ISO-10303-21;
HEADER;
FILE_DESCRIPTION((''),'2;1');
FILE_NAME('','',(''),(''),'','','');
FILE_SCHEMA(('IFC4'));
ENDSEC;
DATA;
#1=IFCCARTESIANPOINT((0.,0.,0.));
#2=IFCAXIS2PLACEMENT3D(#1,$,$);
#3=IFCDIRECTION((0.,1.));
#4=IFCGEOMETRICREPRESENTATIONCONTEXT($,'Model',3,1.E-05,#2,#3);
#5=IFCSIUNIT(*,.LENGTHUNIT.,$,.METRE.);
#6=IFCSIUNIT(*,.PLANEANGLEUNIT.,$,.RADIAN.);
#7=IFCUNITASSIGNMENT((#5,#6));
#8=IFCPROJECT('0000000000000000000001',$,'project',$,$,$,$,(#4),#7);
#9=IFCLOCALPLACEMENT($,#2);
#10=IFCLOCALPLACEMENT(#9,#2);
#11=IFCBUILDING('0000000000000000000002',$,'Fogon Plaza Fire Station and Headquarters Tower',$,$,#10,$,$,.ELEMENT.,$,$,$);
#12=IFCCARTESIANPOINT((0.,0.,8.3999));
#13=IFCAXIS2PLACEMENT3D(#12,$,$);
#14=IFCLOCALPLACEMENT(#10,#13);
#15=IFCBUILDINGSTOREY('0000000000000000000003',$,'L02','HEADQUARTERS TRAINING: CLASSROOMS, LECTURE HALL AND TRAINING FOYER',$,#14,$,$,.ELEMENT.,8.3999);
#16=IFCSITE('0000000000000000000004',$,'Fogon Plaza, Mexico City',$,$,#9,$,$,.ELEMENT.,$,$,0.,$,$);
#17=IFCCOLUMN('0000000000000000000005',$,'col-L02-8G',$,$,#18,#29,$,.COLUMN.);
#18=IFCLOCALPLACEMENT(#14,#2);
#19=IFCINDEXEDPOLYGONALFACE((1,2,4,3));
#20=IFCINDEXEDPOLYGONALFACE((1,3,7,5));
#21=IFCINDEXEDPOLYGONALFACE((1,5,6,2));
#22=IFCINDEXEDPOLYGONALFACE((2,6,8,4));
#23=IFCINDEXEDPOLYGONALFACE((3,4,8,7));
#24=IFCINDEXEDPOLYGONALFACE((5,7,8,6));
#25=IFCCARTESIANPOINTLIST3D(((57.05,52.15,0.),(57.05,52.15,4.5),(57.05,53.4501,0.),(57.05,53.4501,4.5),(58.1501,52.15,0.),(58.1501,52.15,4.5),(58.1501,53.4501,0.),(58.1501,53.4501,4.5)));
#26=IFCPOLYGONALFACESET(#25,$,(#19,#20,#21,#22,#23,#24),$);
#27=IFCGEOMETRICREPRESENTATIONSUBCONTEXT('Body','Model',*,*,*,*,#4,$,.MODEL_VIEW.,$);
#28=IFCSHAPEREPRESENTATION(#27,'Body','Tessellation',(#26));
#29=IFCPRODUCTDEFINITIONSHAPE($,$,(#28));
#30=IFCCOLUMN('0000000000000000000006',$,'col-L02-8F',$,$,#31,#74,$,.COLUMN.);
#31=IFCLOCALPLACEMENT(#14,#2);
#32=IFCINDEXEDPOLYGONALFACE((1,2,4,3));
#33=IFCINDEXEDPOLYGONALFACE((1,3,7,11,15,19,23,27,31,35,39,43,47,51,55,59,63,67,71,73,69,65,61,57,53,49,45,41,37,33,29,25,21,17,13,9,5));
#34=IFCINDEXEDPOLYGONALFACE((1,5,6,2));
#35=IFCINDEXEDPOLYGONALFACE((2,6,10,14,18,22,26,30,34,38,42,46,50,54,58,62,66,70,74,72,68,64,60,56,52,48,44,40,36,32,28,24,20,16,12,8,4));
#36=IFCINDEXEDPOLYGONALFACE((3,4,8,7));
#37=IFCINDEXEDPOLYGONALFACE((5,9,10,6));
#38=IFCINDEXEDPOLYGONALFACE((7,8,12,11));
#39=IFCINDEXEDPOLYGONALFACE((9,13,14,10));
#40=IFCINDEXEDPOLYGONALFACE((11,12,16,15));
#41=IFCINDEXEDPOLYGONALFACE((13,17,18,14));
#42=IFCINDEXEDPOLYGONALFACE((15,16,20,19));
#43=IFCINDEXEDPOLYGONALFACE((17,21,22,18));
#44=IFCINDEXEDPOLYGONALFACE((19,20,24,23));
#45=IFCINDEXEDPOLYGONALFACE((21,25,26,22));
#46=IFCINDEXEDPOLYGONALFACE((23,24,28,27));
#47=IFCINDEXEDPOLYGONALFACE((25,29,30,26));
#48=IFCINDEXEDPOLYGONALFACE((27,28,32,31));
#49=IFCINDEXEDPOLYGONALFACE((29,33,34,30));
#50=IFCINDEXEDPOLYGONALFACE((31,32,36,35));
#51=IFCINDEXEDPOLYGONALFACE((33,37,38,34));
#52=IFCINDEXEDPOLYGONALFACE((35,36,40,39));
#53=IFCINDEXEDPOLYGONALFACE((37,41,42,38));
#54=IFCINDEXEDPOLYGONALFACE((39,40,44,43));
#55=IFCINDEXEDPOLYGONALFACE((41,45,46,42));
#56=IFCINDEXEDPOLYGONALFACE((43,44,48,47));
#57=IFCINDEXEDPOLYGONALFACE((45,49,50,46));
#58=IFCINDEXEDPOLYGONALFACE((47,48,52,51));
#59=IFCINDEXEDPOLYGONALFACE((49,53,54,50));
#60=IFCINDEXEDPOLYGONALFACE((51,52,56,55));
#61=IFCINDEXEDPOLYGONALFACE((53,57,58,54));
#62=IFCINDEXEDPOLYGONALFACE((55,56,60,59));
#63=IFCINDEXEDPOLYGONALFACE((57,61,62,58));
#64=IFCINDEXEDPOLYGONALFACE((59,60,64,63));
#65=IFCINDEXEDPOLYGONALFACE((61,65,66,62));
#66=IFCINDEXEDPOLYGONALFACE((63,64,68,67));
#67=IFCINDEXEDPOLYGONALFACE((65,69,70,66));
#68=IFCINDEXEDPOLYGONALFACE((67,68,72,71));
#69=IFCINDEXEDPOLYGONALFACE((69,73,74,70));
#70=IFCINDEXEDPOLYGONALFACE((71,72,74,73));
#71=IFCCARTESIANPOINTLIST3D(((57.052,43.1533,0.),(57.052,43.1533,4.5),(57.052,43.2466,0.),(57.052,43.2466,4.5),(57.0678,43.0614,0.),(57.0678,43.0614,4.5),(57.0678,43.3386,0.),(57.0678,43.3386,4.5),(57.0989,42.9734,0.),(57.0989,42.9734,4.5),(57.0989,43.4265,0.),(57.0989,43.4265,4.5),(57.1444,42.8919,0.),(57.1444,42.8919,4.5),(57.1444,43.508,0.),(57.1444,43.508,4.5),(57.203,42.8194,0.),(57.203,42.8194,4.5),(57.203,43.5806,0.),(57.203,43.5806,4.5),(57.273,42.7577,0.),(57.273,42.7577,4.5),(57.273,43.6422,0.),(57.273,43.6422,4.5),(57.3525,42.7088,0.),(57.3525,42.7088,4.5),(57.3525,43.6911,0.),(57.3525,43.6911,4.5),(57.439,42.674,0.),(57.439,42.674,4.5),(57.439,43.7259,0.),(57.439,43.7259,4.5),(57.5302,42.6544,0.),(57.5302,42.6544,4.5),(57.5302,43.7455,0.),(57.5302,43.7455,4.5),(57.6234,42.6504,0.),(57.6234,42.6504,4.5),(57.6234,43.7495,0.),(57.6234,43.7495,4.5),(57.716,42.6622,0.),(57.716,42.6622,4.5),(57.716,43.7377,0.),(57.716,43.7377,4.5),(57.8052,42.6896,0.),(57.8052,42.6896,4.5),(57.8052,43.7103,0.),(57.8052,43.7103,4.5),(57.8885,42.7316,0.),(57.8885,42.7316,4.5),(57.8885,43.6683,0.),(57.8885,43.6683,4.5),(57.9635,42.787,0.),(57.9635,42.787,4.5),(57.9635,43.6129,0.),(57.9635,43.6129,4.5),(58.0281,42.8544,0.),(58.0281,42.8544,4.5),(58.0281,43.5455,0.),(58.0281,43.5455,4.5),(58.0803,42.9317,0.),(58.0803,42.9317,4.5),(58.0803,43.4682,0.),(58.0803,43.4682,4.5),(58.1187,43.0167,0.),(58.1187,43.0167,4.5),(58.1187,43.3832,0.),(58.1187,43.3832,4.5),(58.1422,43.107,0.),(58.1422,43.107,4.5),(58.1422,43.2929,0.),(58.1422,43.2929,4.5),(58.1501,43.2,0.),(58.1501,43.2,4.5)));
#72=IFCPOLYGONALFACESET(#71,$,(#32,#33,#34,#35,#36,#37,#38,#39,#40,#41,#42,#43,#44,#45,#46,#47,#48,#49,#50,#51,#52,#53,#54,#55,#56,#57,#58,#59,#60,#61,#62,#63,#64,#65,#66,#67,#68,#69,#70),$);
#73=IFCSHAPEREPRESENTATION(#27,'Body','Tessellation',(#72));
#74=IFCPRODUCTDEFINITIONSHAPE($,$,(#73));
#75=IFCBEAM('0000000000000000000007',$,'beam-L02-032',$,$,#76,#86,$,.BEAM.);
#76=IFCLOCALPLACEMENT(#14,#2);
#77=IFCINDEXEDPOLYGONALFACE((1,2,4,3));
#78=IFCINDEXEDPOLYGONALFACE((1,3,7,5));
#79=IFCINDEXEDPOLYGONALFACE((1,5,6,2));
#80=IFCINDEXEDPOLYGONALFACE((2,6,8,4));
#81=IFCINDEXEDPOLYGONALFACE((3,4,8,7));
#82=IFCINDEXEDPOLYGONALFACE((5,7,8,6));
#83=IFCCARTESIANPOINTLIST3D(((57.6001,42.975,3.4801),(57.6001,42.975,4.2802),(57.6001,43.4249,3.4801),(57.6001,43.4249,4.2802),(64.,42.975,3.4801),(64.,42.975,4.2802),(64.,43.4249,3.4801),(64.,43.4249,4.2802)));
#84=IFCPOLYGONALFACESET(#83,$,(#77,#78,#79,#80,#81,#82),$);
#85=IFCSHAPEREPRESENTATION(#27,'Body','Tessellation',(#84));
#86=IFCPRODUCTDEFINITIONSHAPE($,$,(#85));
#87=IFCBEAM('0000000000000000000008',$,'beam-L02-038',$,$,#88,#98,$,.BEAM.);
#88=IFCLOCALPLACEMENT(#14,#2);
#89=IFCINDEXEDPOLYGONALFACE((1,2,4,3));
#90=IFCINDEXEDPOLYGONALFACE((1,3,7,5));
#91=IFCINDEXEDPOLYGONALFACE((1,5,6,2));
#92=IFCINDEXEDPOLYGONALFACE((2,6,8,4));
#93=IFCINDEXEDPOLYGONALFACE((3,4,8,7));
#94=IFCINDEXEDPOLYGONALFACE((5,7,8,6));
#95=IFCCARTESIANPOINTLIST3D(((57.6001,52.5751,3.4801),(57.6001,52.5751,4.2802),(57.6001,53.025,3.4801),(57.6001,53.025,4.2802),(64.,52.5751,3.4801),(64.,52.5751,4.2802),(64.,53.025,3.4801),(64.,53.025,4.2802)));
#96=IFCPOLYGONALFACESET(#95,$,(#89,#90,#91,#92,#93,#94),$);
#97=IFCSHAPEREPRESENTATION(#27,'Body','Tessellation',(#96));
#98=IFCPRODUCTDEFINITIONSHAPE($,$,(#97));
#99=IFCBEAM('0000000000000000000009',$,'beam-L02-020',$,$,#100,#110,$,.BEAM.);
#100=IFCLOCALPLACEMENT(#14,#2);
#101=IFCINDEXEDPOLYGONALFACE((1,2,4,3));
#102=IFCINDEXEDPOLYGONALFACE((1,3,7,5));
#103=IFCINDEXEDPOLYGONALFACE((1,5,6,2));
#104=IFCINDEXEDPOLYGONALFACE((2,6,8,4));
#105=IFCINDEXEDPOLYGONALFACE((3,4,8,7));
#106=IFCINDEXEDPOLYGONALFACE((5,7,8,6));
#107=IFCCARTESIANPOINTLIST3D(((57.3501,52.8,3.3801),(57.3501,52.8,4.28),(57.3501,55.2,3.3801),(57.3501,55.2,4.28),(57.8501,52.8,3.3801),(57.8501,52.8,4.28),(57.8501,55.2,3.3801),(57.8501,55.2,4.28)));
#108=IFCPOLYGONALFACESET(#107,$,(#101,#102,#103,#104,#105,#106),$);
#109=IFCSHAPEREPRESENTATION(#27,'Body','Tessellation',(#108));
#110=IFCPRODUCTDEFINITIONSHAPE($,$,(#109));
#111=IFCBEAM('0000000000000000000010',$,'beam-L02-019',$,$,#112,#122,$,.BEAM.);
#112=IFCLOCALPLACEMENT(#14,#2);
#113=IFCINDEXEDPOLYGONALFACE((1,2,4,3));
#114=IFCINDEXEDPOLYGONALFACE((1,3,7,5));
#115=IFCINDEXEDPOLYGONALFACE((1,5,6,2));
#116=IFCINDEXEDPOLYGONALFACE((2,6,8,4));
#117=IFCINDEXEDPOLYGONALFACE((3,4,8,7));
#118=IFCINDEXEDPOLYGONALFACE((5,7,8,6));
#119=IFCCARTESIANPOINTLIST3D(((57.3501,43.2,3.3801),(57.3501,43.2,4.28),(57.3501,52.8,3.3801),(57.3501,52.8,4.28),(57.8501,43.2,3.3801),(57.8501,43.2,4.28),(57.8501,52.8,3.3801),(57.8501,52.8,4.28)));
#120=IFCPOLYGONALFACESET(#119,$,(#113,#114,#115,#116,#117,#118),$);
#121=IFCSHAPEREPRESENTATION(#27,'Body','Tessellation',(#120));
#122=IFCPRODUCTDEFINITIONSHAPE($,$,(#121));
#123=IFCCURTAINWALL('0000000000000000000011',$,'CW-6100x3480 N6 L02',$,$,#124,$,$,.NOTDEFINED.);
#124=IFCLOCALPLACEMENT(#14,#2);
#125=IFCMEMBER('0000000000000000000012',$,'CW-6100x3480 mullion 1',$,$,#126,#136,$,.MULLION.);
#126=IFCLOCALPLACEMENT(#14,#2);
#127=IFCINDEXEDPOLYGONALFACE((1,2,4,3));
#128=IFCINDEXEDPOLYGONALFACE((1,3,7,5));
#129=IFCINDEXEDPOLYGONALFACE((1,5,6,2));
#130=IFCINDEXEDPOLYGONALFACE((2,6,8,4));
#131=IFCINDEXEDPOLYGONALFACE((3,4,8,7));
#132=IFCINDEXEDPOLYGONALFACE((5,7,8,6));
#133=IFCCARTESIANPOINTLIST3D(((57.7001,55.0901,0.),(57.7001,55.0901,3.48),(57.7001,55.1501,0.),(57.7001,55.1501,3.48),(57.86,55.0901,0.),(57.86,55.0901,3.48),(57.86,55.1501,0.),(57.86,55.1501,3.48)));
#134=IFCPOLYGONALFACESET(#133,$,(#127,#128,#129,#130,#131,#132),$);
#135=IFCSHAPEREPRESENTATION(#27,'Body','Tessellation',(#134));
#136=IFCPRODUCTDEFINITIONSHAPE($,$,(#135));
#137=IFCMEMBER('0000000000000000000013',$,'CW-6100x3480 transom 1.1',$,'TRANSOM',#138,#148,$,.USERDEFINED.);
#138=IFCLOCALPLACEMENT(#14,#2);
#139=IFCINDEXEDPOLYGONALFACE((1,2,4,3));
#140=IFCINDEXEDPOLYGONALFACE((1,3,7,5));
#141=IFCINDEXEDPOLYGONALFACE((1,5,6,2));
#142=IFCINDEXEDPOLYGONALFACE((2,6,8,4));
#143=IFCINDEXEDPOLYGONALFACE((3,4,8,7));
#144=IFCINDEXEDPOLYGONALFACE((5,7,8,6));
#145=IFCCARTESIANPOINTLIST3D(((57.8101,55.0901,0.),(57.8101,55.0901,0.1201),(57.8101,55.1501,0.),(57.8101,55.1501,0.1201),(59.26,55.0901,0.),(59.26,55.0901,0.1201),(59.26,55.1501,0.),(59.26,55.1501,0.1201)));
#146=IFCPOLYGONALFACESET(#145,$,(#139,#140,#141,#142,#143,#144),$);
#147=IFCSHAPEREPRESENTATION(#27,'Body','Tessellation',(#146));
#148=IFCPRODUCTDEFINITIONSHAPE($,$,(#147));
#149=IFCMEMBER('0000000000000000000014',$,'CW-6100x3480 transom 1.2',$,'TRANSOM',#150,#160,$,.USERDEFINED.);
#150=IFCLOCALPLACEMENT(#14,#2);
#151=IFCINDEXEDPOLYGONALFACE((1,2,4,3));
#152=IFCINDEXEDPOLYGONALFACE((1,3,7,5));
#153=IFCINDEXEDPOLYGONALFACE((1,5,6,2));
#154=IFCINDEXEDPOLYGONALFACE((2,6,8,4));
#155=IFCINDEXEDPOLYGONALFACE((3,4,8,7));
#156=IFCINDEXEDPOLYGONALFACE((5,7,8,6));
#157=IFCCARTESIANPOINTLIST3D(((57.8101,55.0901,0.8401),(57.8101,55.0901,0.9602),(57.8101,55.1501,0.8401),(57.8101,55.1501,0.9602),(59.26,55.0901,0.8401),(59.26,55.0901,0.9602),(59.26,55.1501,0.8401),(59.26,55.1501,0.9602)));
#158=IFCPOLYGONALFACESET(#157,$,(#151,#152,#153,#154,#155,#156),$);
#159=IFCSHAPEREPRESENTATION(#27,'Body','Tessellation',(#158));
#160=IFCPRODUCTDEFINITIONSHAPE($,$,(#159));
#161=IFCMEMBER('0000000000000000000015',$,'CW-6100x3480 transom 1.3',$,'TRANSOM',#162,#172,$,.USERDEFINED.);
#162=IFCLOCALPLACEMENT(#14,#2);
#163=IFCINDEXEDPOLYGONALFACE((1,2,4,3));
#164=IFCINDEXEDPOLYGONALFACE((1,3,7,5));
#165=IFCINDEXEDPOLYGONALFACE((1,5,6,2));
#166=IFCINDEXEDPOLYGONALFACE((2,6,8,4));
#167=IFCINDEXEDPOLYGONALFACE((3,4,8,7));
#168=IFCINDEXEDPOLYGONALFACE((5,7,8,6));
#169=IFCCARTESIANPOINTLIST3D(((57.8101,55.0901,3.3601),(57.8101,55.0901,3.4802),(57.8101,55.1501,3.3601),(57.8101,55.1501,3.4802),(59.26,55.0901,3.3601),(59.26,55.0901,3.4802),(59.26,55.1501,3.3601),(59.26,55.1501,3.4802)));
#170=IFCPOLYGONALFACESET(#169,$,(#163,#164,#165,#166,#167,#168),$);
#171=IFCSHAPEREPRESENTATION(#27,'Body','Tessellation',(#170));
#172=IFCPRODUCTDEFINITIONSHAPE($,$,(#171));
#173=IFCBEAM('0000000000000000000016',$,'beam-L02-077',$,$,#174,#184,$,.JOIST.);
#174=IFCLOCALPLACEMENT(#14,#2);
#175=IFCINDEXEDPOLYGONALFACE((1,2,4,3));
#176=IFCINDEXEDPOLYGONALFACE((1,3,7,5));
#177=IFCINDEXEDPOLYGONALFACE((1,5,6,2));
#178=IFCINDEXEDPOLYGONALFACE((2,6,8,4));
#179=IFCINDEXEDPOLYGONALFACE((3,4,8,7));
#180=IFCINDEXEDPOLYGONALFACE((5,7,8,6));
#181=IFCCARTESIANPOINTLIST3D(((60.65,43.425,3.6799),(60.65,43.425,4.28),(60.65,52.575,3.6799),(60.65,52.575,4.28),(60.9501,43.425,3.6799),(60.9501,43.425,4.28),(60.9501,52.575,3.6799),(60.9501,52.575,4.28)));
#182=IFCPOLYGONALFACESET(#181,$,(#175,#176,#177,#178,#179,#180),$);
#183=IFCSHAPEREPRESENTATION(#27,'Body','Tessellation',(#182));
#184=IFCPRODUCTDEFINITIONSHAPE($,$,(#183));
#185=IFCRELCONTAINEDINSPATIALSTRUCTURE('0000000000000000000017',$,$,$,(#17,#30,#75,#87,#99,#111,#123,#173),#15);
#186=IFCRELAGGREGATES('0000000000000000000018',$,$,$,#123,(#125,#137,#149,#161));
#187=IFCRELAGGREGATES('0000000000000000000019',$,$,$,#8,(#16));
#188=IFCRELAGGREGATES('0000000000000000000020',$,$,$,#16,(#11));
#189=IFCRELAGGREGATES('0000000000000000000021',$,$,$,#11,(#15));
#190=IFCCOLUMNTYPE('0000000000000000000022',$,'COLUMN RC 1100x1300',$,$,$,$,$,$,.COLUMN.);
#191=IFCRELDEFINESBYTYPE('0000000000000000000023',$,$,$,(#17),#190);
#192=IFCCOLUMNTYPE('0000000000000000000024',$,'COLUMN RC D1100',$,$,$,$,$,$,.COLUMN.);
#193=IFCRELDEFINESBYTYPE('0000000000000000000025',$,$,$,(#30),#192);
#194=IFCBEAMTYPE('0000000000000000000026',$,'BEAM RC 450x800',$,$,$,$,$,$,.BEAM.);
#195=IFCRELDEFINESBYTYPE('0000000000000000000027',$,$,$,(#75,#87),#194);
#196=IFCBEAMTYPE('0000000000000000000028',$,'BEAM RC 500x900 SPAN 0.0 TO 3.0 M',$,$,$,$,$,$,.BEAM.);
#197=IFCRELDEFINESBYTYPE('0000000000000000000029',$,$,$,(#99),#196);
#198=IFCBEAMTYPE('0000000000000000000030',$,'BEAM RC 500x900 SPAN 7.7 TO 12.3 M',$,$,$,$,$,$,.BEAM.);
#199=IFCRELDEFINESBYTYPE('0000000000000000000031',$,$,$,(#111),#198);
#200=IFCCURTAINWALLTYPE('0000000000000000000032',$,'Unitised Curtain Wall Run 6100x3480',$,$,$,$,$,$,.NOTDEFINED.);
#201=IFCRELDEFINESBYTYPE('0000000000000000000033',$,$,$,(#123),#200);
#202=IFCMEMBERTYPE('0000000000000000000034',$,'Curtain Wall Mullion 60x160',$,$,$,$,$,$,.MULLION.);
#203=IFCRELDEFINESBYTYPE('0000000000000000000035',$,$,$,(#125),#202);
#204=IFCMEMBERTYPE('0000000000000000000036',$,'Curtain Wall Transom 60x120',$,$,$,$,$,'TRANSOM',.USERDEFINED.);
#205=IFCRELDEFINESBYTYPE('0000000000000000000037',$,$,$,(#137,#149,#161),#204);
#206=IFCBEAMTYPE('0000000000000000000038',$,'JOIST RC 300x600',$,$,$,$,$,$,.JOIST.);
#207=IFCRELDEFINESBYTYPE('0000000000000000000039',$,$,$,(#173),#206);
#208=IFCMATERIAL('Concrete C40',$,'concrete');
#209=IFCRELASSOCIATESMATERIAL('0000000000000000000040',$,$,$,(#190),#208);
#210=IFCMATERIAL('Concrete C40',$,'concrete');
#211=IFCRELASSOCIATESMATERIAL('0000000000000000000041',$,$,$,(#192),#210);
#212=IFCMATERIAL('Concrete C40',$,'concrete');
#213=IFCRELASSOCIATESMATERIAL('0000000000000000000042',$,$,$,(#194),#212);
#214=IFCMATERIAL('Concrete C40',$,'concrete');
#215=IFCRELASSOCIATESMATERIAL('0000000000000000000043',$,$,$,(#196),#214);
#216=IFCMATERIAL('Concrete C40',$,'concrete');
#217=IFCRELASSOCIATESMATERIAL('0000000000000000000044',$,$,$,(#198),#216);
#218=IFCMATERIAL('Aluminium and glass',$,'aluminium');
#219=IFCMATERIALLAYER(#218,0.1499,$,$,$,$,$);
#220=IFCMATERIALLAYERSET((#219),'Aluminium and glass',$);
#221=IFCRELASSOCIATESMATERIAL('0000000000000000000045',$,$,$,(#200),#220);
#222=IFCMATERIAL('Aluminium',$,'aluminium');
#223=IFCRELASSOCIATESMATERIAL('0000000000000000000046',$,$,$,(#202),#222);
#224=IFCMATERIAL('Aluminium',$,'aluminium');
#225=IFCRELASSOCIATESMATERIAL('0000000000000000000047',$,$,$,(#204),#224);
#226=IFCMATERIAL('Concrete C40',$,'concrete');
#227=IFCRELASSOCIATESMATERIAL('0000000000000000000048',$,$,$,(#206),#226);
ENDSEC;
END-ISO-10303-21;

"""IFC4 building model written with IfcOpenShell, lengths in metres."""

from ifc_helpers import new_model, si_unit, direction, frame, origin, origin_2d, place, context, subcontext, project, spatial, rectangle, circle, extrude, material, layer, layer_set, material_profile, profile_set, type_object, element, aggregate, save


model = new_model("IFC4")

# Units and contexts
model_context = context("Model", 3, precision=1e-05, world=origin(), true_north=direction((0.0, 1.0)))
body_context = subcontext(model_context, "Body", "Model", "MODEL_VIEW")
ifc_project = project(units=[si_unit("LENGTHUNIT", "METRE"), si_unit("PLANEANGLEUNIT", "RADIAN")], contexts=[model_context])

# Site, building, storey
site_placement = place(None, origin())
site = spatial("IfcSite", under=ifc_project, at=site_placement, Name="Fogon Plaza, Mexico City", CompositionType="ELEMENT", RefElevation=0.0)
building_placement = place(site_placement, origin())
building = spatial("IfcBuilding", under=site, at=building_placement, Name="Fogon Plaza Fire Station and Headquarters Tower", CompositionType="ELEMENT")
storey_placement = place(building_placement, frame((0.0, 0.0, 8.3999)))
storey = spatial("IfcBuildingStorey", under=building, at=storey_placement, Name="L02", Description="HEADQUARTERS TRAINING: CLASSROOMS, LECTURE HALL AND TRAINING FOYER", CompositionType="ELEMENT", Elevation=8.3999)

# Columns
ifc_material_1 = material(Name="Concrete C40", Category="concrete")
ifc_material_profile_1 = material_profile(ifc_material_1, rectangle(XDim=1.1001, YDim=1.3, at=origin_2d()), Name="RC 1100x1300")
ifc_profile_set_1 = profile_set([ifc_material_profile_1], Name="Concrete C40")
column_type_1 = type_object("IfcColumnType", Name="COLUMN RC 1100x1300", PredefinedType="COLUMN", material=ifc_profile_set_1)
column_1_placement = place(storey_placement, frame((57.6001, 52.8, 0.0), z_axis=(0.0, 0.0, 1.0), x_axis=(1.0, 0.0, 0.0)))
element("IfcColumn", 1, at=column_1_placement, inside=storey, type_object=column_type_1, Name="col-L02-8G", PredefinedType="COLUMN", context=body_context, shape_type="SweptSolid", body=[
    extrude(rectangle(XDim=1.1001, YDim=1.3, at=origin_2d()), origin(), (0.0, 0.0, 1.0), 4.5),
])
ifc_material_2 = material(Name="Concrete C40", Category="concrete")
ifc_material_profile_2 = material_profile(ifc_material_2, circle(Radius=0.55, at=origin_2d()), Name="RC D1100")
ifc_profile_set_2 = profile_set([ifc_material_profile_2], Name="Concrete C40")
column_type_2 = type_object("IfcColumnType", Name="COLUMN RC D1100", PredefinedType="COLUMN", material=ifc_profile_set_2)
column_2_placement = place(storey_placement, frame((57.6001, 43.2, 0.0), z_axis=(0.0, 0.0, 1.0), x_axis=(1.0, 0.0, 0.0)))
element("IfcColumn", 2, at=column_2_placement, inside=storey, type_object=column_type_2, Name="col-L02-8F", PredefinedType="COLUMN", context=body_context, shape_type="SweptSolid", body=[
    extrude(circle(Radius=0.55, at=origin_2d()), origin(), (0.0, 0.0, 1.0), 4.5),
])

# Beams
ifc_material_3 = material(Name="Concrete C40", Category="concrete")
ifc_material_profile_3 = material_profile(ifc_material_3, rectangle(XDim=0.45, YDim=0.8, at=origin_2d()), Name="RC 450x800")
ifc_profile_set_3 = profile_set([ifc_material_profile_3], Name="Concrete C40")
beam_type_1 = type_object("IfcBeamType", Name="BEAM RC 450x800", PredefinedType="BEAM", material=ifc_profile_set_3)
for number, where, z_axis, x_axis, name in (
    (3, (57.6001, 43.2, 3.8801), (1.0, 0.0, 0.0), (0.0, 1.0, 0.0), "beam-L02-032"),
    (4, (57.6001, 52.8, 3.8801), (1.0, 0.0, 0.0), (0.0, 1.0, 0.0), "beam-L02-038"),
):
    element("IfcBeam", number, at=place(storey_placement, frame(where, z_axis=z_axis, x_axis=x_axis)), inside=storey, type_object=beam_type_1, Name=name, PredefinedType="BEAM", context=body_context, shape_type="SweptSolid", body=[
        extrude(rectangle(XDim=0.45, YDim=0.8, at=origin_2d()), origin(), (0.0, 0.0, 1.0), 6.3999),
    ])
ifc_material_4 = material(Name="Concrete C40", Category="concrete")
ifc_material_profile_4 = material_profile(ifc_material_4, rectangle(XDim=0.5, YDim=0.8999, at=origin_2d()), Name="RC 500x900")
ifc_profile_set_4 = profile_set([ifc_material_profile_4], Name="Concrete C40")
beam_type_2 = type_object("IfcBeamType", Name="BEAM RC 500x900 SPAN 0.0 TO 3.0 M", PredefinedType="BEAM", material=ifc_profile_set_4)
beam_1_placement = place(storey_placement, frame((57.6001, 52.8, 3.8301), z_axis=(0.0, 1.0, 0.0), x_axis=(-1.0, 0.0, 0.0)))
element("IfcBeam", 5, at=beam_1_placement, inside=storey, type_object=beam_type_2, Name="beam-L02-020", PredefinedType="BEAM", context=body_context, shape_type="SweptSolid", body=[
    extrude(rectangle(XDim=0.5, YDim=0.8999, at=origin_2d()), origin(), (0.0, 0.0, 1.0), 2.3999),
])
ifc_material_5 = material(Name="Concrete C40", Category="concrete")
ifc_material_profile_5 = material_profile(ifc_material_5, rectangle(XDim=0.5, YDim=0.8999, at=origin_2d()), Name="RC 500x900")
ifc_profile_set_5 = profile_set([ifc_material_profile_5], Name="Concrete C40")
beam_type_3 = type_object("IfcBeamType", Name="BEAM RC 500x900 SPAN 7.7 TO 12.3 M", PredefinedType="BEAM", material=ifc_profile_set_5)
beam_2_placement = place(storey_placement, frame((57.6001, 43.2, 3.8301), z_axis=(0.0, 1.0, 0.0), x_axis=(-1.0, 0.0, 0.0)))
element("IfcBeam", 6, at=beam_2_placement, inside=storey, type_object=beam_type_3, Name="beam-L02-019", PredefinedType="BEAM", context=body_context, shape_type="SweptSolid", body=[
    extrude(rectangle(XDim=0.5, YDim=0.8999, at=origin_2d()), origin(), (0.0, 0.0, 1.0), 9.6001),
])

# Curtain wall, members
ifc_material_6 = material(Name="Aluminium and glass", Category="aluminium")
ifc_layer_1 = layer(ifc_material_6, 0.1499)
ifc_layer_set_1 = layer_set([ifc_layer_1], Name="Aluminium and glass")
curtain_wall_type = type_object("IfcCurtainWallType", Name="Unitised Curtain Wall Run 6100x3480", PredefinedType="NOTDEFINED", material=ifc_layer_set_1)
curtain_wall_placement = place(storey_placement, origin())
curtain_wall = element("IfcCurtainWall", 7, at=curtain_wall_placement, inside=storey, type_object=curtain_wall_type, Name="CW-6100x3480 N6 L02", PredefinedType="NOTDEFINED")
ifc_material_7 = material(Name="Aluminium", Category="aluminium")
ifc_material_profile_6 = material_profile(ifc_material_7, rectangle(XDim=0.0601, YDim=0.1599, at=origin_2d()), Name="Curtain Wall Mullion 60x160")
ifc_profile_set_6 = profile_set([ifc_material_profile_6], Name="Aluminium")
member_type_1 = type_object("IfcMemberType", Name="Curtain Wall Mullion 60x160", PredefinedType="MULLION", material=ifc_profile_set_6)
member_1_placement = place(storey_placement, frame((57.78, 55.1201, 0.0), z_axis=(0.0, 0.0, 1.0), x_axis=(0.0, 1.0, 0.0)))
member_1 = element("IfcMember", 8, at=member_1_placement, type_object=member_type_1, Name="CW-6100x3480 mullion 1", PredefinedType="MULLION", context=body_context, shape_type="SweptSolid", body=[
    extrude(rectangle(XDim=0.0601, YDim=0.1599, at=origin_2d()), origin(), (0.0, 0.0, 1.0), 3.48),
])
ifc_material_8 = material(Name="Aluminium", Category="aluminium")
ifc_material_profile_7 = material_profile(ifc_material_8, rectangle(XDim=0.0601, YDim=0.1201, at=origin_2d()), Name="Curtain Wall Transom 60x120")
ifc_profile_set_7 = profile_set([ifc_material_profile_7], Name="Aluminium")
member_type_2 = type_object("IfcMemberType", Name="Curtain Wall Transom 60x120", ElementType="TRANSOM", PredefinedType="USERDEFINED", material=ifc_profile_set_7)
member_2_placement = place(storey_placement, frame((57.8101, 55.1201, 0.0601), z_axis=(1.0, 0.0, 0.0), x_axis=(0.0, 1.0, 0.0)))
member_2 = element("IfcMember", 9, at=member_2_placement, type_object=member_type_2, Name="CW-6100x3480 transom 1.1", ObjectType="TRANSOM", PredefinedType="USERDEFINED", context=body_context, shape_type="SweptSolid", body=[
    extrude(rectangle(XDim=0.0601, YDim=0.1201, at=origin_2d()), origin(), (0.0, 0.0, 1.0), 1.45),
])
member_3_placement = place(storey_placement, frame((57.8101, 55.1201, 0.9001), z_axis=(1.0, 0.0, 0.0), x_axis=(0.0, 1.0, 0.0)))
member_3 = element("IfcMember", 10, at=member_3_placement, type_object=member_type_2, Name="CW-6100x3480 transom 1.2", ObjectType="TRANSOM", PredefinedType="USERDEFINED", context=body_context, shape_type="SweptSolid", body=[
    extrude(rectangle(XDim=0.0601, YDim=0.1201, at=origin_2d()), origin(), (0.0, 0.0, 1.0), 1.45),
])
member_4_placement = place(storey_placement, frame((57.8101, 55.1201, 3.4202), z_axis=(1.0, 0.0, 0.0), x_axis=(0.0, 1.0, 0.0)))
member_4 = element("IfcMember", 11, at=member_4_placement, type_object=member_type_2, Name="CW-6100x3480 transom 1.3", ObjectType="TRANSOM", PredefinedType="USERDEFINED", context=body_context, shape_type="SweptSolid", body=[
    extrude(rectangle(XDim=0.0601, YDim=0.1201, at=origin_2d()), origin(), (0.0, 0.0, 1.0), 1.45),
])

# Beam
ifc_material_9 = material(Name="Concrete C40", Category="concrete")
ifc_material_profile_8 = material_profile(ifc_material_9, rectangle(XDim=0.3, YDim=0.6001, at=origin_2d()), Name="RC 300x600")
ifc_profile_set_8 = profile_set([ifc_material_profile_8], Name="Concrete C40")
beam_type_4 = type_object("IfcBeamType", Name="JOIST RC 300x600", PredefinedType="JOIST", material=ifc_profile_set_8)
beam_3_placement = place(storey_placement, frame((60.8, 43.425, 3.98), z_axis=(0.0, 1.0, 0.0), x_axis=(-1.0, 0.0, 0.0)))
element("IfcBeam", 12, at=beam_3_placement, inside=storey, type_object=beam_type_4, Name="beam-L02-077", PredefinedType="JOIST", context=body_context, shape_type="SweptSolid", body=[
    extrude(rectangle(XDim=0.3, YDim=0.6001, at=origin_2d()), origin(), (0.0, 0.0, 1.0), 9.1499),
])

aggregate(curtain_wall, [member_1, member_2, member_3, member_4])

save(model, "model.ifc")
